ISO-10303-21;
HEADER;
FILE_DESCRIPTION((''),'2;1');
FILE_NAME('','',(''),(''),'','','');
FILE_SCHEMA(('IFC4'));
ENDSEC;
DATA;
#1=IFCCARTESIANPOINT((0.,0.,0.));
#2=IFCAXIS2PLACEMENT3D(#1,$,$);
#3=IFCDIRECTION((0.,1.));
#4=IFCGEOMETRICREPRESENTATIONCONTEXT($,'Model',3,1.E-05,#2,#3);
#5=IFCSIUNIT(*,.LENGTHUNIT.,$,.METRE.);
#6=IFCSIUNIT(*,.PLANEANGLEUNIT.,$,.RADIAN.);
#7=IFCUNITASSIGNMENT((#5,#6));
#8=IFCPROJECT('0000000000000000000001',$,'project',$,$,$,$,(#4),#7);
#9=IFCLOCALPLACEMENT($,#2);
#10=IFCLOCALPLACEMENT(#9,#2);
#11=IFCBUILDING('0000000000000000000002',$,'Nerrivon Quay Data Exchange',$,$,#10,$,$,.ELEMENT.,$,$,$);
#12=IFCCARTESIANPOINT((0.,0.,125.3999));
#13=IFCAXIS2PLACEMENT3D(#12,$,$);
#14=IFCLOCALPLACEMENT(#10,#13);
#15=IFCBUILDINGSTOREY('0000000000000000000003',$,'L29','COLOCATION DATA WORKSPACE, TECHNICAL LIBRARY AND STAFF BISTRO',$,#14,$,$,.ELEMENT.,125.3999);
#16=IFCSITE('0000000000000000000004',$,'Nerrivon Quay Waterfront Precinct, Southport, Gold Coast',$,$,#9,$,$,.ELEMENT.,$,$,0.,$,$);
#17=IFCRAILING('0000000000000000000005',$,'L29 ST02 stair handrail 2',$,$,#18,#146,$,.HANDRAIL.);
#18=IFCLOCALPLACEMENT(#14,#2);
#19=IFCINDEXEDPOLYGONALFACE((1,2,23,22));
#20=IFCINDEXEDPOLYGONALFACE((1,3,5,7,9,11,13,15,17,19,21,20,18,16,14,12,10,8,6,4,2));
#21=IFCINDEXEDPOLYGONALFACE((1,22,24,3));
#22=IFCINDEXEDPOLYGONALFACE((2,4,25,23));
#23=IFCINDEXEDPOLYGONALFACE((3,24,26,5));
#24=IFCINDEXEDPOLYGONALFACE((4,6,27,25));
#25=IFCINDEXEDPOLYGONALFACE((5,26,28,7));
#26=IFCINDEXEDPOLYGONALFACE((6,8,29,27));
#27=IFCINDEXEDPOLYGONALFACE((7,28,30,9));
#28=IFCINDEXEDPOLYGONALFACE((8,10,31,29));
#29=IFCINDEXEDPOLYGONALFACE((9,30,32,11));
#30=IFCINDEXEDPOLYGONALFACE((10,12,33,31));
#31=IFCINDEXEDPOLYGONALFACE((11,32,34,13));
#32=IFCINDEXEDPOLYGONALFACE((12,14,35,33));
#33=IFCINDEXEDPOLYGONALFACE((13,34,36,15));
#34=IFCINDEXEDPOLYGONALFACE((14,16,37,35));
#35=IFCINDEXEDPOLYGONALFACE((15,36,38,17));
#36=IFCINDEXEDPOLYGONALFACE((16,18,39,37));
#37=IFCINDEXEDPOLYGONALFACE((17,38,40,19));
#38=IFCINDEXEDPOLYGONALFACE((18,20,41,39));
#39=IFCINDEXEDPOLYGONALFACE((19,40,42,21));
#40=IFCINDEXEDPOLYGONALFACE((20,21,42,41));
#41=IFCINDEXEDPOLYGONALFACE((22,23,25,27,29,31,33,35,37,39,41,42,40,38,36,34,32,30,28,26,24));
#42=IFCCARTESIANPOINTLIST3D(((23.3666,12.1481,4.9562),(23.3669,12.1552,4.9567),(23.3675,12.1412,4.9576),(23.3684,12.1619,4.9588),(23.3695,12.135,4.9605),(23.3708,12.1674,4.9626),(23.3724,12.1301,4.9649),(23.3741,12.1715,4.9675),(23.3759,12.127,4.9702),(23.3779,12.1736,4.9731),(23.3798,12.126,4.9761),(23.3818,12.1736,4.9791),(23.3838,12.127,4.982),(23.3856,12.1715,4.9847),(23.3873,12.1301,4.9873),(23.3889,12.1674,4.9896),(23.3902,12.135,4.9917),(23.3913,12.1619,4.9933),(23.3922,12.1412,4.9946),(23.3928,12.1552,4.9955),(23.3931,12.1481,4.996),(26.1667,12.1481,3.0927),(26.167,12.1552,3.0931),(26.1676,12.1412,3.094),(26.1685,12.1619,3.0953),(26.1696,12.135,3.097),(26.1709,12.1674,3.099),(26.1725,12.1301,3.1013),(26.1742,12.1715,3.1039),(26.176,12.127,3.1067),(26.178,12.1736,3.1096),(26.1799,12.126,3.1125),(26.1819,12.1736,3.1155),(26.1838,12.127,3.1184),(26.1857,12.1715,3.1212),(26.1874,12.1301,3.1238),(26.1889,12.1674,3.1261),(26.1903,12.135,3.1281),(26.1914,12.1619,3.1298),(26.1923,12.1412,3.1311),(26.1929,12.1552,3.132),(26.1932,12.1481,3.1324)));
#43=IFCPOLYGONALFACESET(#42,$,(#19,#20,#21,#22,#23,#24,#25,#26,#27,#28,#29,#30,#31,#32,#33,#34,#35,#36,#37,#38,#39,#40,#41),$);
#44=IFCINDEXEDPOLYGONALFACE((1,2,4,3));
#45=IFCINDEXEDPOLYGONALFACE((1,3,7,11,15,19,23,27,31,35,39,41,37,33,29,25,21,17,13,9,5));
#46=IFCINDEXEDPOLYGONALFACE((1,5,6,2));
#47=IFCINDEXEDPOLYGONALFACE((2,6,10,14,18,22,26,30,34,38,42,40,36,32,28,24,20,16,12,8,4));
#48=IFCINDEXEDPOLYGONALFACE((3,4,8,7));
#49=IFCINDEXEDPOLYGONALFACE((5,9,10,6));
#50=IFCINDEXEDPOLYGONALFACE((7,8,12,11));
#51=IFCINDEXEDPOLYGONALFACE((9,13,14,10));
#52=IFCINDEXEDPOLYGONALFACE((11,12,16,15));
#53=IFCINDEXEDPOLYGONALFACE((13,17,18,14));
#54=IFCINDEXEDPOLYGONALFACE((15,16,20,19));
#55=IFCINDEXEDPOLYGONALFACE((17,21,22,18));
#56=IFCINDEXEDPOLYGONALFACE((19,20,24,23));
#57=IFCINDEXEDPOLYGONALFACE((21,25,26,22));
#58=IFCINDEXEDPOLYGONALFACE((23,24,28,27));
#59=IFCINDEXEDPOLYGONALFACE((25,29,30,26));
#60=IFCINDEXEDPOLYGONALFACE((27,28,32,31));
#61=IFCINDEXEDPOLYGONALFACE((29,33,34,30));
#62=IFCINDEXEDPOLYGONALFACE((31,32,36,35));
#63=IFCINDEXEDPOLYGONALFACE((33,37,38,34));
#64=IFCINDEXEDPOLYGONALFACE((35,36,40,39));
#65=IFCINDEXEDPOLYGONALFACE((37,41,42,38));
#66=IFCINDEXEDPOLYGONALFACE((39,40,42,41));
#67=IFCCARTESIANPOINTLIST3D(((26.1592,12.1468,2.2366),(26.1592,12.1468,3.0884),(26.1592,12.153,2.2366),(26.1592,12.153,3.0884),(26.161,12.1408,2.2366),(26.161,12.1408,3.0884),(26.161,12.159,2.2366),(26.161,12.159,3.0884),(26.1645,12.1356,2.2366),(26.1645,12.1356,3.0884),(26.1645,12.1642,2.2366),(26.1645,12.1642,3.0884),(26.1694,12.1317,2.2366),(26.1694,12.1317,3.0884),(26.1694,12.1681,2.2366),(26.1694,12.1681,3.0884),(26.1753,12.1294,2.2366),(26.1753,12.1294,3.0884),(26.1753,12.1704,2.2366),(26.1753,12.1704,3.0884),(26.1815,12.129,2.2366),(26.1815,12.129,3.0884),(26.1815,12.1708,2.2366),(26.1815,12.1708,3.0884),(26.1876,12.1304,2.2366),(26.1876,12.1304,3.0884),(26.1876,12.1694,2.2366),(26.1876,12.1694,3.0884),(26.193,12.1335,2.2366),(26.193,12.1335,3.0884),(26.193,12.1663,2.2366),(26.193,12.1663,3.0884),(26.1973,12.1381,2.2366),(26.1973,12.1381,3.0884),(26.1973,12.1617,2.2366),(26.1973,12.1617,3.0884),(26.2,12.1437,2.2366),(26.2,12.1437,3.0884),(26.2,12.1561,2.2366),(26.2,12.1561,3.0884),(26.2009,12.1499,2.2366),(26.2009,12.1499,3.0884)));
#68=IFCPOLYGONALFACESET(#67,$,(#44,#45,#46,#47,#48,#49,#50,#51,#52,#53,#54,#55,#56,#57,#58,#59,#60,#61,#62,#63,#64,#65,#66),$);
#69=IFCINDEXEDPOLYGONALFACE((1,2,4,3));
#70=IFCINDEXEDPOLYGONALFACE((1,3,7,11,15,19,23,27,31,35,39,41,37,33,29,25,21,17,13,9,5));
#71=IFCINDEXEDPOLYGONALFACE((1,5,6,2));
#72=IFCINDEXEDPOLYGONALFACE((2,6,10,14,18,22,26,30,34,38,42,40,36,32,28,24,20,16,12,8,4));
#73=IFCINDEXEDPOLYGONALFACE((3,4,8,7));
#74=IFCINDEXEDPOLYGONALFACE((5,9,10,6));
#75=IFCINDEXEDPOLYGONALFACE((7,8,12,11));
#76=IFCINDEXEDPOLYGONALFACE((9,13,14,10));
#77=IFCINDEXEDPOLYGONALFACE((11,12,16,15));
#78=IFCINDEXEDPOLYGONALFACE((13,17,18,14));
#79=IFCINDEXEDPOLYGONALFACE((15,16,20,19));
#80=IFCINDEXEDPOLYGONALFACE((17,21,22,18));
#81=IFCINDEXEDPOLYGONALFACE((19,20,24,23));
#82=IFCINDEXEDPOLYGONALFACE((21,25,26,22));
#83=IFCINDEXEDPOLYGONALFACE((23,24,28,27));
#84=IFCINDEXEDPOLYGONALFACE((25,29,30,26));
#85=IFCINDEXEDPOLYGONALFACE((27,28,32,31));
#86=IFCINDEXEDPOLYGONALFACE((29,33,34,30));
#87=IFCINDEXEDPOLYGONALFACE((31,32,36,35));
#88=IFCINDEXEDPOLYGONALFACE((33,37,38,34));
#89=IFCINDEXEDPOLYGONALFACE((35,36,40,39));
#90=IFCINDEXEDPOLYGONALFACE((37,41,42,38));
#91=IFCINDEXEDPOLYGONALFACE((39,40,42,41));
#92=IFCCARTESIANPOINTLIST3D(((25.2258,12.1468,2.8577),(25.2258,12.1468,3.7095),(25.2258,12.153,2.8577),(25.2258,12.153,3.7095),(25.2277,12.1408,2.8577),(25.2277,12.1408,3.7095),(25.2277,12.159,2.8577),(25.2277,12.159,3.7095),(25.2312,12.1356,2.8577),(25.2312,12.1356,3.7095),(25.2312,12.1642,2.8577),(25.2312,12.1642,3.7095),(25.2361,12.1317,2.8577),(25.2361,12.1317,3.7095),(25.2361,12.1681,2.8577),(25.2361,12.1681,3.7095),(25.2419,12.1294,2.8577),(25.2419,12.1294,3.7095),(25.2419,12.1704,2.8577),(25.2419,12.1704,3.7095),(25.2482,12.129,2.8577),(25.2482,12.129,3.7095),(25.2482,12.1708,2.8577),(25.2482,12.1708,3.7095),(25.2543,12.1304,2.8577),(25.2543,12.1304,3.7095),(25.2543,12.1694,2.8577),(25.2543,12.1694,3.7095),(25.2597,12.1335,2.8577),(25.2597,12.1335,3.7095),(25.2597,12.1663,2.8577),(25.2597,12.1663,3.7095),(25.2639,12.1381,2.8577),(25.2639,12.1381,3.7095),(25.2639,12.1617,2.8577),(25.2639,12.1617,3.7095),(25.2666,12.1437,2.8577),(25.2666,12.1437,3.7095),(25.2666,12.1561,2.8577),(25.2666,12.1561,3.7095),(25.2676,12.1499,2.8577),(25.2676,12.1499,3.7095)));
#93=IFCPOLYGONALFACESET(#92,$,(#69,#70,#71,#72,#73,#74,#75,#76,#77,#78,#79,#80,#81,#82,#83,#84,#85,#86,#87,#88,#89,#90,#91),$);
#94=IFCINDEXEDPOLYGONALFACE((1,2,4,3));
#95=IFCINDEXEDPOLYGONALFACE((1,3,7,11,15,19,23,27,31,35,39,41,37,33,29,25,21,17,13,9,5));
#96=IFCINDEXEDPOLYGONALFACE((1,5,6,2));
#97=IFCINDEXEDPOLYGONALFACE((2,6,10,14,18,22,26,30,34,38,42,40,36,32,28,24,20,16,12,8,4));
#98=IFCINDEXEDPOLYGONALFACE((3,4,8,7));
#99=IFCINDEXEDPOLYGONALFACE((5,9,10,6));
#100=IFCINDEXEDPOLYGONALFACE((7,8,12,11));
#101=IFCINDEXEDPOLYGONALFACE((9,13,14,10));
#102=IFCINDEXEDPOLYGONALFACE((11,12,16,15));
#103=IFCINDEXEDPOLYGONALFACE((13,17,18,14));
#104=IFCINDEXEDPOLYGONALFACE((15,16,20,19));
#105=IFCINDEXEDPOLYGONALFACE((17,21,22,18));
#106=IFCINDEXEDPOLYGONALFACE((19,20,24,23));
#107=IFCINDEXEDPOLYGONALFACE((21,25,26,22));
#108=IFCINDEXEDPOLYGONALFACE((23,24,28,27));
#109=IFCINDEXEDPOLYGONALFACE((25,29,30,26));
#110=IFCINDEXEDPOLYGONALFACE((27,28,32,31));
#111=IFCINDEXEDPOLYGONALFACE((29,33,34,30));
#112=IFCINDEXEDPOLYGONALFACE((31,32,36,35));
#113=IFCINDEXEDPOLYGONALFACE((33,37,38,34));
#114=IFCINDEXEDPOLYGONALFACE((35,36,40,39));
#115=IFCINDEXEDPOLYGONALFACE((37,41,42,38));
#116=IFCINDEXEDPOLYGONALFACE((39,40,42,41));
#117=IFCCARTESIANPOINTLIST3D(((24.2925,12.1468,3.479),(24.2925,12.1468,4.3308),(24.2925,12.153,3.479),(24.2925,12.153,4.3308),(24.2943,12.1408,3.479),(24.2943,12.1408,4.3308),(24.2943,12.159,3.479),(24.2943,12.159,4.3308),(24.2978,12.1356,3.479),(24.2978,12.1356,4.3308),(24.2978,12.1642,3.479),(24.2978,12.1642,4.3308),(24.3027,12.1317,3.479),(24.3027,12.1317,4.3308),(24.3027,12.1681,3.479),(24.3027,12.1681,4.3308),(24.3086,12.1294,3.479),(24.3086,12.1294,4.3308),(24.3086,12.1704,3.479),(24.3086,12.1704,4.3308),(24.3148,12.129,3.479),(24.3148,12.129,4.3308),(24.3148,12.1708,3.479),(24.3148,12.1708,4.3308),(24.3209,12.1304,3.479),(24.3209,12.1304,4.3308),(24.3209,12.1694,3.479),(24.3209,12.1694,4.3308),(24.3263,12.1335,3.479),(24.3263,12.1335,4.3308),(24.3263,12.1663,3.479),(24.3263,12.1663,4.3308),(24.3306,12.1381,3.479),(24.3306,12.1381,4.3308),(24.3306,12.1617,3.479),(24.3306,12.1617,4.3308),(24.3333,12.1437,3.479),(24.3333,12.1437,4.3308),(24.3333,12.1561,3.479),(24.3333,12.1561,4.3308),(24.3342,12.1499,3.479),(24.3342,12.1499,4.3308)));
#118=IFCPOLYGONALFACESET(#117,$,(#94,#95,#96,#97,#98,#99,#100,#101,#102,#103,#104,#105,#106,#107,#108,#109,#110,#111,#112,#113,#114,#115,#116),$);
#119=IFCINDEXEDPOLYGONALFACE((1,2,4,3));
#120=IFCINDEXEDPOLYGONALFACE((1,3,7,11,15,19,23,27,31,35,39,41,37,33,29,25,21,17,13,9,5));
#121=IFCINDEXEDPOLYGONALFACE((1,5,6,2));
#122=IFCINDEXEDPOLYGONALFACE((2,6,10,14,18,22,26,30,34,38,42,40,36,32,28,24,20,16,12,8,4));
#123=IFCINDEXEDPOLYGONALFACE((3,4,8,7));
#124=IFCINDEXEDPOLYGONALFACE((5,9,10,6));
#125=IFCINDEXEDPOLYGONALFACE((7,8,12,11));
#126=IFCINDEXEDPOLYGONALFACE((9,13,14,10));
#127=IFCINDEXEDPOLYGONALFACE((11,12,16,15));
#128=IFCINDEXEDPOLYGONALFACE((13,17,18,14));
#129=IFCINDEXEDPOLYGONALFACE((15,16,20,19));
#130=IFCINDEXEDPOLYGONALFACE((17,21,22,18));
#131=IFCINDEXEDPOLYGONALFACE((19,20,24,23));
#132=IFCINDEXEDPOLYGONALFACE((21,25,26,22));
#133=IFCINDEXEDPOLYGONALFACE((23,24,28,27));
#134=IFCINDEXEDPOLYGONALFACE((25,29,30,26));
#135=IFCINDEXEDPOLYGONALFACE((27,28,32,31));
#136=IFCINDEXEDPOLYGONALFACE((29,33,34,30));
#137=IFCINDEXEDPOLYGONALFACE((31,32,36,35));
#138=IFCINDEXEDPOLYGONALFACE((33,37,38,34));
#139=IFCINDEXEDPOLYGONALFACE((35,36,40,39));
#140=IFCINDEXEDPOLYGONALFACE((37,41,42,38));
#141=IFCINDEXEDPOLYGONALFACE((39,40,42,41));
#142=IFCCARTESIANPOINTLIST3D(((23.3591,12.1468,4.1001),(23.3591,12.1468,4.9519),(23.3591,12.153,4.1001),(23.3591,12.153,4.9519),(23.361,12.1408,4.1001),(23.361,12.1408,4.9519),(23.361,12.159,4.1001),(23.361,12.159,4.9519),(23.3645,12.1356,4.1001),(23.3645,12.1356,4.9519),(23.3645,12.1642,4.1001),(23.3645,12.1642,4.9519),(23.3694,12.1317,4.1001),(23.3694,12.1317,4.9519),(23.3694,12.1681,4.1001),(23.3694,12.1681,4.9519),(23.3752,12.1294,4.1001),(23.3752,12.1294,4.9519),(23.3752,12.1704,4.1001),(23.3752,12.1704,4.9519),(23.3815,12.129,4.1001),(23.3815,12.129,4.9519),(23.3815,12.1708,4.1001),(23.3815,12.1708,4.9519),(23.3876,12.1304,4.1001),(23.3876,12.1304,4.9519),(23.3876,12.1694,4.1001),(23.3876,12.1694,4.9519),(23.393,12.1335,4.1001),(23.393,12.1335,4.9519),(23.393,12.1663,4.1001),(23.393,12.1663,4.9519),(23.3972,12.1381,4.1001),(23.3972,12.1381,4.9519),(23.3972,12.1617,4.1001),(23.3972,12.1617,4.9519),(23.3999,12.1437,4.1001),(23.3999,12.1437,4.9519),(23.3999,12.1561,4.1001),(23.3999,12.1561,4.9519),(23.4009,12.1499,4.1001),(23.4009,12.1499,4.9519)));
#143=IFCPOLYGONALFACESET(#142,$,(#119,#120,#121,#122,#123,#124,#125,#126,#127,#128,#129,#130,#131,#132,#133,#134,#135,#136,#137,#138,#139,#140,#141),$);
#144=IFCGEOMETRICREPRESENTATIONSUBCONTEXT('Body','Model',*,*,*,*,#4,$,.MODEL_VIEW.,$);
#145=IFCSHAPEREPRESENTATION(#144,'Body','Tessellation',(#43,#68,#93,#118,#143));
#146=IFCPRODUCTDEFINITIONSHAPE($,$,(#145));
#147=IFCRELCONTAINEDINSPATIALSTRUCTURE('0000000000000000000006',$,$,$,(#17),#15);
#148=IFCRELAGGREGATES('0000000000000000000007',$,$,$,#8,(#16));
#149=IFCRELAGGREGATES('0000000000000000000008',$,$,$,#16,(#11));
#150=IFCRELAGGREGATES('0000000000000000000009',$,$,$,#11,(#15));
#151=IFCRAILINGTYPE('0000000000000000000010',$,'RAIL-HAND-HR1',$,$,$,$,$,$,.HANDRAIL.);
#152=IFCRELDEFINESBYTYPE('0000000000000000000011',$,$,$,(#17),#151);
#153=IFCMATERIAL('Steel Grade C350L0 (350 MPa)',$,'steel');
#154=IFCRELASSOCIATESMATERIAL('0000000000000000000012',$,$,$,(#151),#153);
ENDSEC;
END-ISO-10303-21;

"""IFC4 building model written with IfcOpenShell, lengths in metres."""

from ifc_helpers import new_model, si_unit, direction, frame, origin, origin_2d, place, context, subcontext, project, spatial, circle, extrude, material, type_object, element, save


model = new_model("IFC4")

# Units and contexts
model_context = context("Model", 3, precision=1e-05, world=origin(), true_north=direction((0.0, 1.0)))
body_context = subcontext(model_context, "Body", "Model", "MODEL_VIEW")
ifc_project = project(units=[si_unit("LENGTHUNIT", "METRE"), si_unit("PLANEANGLEUNIT", "RADIAN")], contexts=[model_context])

# Site, building, storey
site_placement = place(None, origin())
site = spatial("IfcSite", under=ifc_project, at=site_placement, Name="Nerrivon Quay Waterfront Precinct, Southport, Gold Coast", CompositionType="ELEMENT", RefElevation=0.0)
building_placement = place(site_placement, origin())
building = spatial("IfcBuilding", under=site, at=building_placement, Name="Nerrivon Quay Data Exchange", CompositionType="ELEMENT")
storey_placement = place(building_placement, frame((0.0, 0.0, 125.3999)))
storey = spatial("IfcBuildingStorey", under=building, at=storey_placement, Name="L29", Description="COLOCATION DATA WORKSPACE, TECHNICAL LIBRARY AND STAFF BISTRO", CompositionType="ELEMENT", Elevation=125.3999)

# Railing
ifc_material_1 = material(Name="Steel Grade C350L0 (350 MPa)", Category="steel")
railing_type_1 = type_object("IfcRailingType", Name="RAIL-HAND-HR1", PredefinedType="HANDRAIL", material=ifc_material_1)
railing_1_placement = place(storey_placement, frame((26.1799, 12.1499, 2.2366)))
element("IfcRailing", 1, at=railing_1_placement, inside=storey, type_object=railing_type_1, Name="L29 ST02 stair handrail 2", PredefinedType="HANDRAIL", context=body_context, shape_type="SweptSolid", body=[
    extrude(circle(Radius=0.0239, at=origin_2d()), frame((0.0, 0.0, 0.876), z_axis=(-0.832486, 0.0, 0.554047), x_axis=(0.0, -1.0, 0.0)), (0.0, 0.0, 1.0), 3.3635),
    extrude(circle(Radius=0.021, at=origin_2d()), origin(), (0.0, 0.0, 1.0), 0.8518),
    extrude(circle(Radius=0.021, at=origin_2d()), frame((-0.9333, 0.0, 0.6211)), (0.0, 0.0, 1.0), 0.8518),
    extrude(circle(Radius=0.021, at=origin_2d()), frame((-1.8667, 0.0, 1.2424)), (0.0, 0.0, 1.0), 0.8518),
    extrude(circle(Radius=0.021, at=origin_2d()), frame((-2.8, 0.0, 1.8635)), (0.0, 0.0, 1.0), 0.8518),
])

save(model, "model.ifc")
